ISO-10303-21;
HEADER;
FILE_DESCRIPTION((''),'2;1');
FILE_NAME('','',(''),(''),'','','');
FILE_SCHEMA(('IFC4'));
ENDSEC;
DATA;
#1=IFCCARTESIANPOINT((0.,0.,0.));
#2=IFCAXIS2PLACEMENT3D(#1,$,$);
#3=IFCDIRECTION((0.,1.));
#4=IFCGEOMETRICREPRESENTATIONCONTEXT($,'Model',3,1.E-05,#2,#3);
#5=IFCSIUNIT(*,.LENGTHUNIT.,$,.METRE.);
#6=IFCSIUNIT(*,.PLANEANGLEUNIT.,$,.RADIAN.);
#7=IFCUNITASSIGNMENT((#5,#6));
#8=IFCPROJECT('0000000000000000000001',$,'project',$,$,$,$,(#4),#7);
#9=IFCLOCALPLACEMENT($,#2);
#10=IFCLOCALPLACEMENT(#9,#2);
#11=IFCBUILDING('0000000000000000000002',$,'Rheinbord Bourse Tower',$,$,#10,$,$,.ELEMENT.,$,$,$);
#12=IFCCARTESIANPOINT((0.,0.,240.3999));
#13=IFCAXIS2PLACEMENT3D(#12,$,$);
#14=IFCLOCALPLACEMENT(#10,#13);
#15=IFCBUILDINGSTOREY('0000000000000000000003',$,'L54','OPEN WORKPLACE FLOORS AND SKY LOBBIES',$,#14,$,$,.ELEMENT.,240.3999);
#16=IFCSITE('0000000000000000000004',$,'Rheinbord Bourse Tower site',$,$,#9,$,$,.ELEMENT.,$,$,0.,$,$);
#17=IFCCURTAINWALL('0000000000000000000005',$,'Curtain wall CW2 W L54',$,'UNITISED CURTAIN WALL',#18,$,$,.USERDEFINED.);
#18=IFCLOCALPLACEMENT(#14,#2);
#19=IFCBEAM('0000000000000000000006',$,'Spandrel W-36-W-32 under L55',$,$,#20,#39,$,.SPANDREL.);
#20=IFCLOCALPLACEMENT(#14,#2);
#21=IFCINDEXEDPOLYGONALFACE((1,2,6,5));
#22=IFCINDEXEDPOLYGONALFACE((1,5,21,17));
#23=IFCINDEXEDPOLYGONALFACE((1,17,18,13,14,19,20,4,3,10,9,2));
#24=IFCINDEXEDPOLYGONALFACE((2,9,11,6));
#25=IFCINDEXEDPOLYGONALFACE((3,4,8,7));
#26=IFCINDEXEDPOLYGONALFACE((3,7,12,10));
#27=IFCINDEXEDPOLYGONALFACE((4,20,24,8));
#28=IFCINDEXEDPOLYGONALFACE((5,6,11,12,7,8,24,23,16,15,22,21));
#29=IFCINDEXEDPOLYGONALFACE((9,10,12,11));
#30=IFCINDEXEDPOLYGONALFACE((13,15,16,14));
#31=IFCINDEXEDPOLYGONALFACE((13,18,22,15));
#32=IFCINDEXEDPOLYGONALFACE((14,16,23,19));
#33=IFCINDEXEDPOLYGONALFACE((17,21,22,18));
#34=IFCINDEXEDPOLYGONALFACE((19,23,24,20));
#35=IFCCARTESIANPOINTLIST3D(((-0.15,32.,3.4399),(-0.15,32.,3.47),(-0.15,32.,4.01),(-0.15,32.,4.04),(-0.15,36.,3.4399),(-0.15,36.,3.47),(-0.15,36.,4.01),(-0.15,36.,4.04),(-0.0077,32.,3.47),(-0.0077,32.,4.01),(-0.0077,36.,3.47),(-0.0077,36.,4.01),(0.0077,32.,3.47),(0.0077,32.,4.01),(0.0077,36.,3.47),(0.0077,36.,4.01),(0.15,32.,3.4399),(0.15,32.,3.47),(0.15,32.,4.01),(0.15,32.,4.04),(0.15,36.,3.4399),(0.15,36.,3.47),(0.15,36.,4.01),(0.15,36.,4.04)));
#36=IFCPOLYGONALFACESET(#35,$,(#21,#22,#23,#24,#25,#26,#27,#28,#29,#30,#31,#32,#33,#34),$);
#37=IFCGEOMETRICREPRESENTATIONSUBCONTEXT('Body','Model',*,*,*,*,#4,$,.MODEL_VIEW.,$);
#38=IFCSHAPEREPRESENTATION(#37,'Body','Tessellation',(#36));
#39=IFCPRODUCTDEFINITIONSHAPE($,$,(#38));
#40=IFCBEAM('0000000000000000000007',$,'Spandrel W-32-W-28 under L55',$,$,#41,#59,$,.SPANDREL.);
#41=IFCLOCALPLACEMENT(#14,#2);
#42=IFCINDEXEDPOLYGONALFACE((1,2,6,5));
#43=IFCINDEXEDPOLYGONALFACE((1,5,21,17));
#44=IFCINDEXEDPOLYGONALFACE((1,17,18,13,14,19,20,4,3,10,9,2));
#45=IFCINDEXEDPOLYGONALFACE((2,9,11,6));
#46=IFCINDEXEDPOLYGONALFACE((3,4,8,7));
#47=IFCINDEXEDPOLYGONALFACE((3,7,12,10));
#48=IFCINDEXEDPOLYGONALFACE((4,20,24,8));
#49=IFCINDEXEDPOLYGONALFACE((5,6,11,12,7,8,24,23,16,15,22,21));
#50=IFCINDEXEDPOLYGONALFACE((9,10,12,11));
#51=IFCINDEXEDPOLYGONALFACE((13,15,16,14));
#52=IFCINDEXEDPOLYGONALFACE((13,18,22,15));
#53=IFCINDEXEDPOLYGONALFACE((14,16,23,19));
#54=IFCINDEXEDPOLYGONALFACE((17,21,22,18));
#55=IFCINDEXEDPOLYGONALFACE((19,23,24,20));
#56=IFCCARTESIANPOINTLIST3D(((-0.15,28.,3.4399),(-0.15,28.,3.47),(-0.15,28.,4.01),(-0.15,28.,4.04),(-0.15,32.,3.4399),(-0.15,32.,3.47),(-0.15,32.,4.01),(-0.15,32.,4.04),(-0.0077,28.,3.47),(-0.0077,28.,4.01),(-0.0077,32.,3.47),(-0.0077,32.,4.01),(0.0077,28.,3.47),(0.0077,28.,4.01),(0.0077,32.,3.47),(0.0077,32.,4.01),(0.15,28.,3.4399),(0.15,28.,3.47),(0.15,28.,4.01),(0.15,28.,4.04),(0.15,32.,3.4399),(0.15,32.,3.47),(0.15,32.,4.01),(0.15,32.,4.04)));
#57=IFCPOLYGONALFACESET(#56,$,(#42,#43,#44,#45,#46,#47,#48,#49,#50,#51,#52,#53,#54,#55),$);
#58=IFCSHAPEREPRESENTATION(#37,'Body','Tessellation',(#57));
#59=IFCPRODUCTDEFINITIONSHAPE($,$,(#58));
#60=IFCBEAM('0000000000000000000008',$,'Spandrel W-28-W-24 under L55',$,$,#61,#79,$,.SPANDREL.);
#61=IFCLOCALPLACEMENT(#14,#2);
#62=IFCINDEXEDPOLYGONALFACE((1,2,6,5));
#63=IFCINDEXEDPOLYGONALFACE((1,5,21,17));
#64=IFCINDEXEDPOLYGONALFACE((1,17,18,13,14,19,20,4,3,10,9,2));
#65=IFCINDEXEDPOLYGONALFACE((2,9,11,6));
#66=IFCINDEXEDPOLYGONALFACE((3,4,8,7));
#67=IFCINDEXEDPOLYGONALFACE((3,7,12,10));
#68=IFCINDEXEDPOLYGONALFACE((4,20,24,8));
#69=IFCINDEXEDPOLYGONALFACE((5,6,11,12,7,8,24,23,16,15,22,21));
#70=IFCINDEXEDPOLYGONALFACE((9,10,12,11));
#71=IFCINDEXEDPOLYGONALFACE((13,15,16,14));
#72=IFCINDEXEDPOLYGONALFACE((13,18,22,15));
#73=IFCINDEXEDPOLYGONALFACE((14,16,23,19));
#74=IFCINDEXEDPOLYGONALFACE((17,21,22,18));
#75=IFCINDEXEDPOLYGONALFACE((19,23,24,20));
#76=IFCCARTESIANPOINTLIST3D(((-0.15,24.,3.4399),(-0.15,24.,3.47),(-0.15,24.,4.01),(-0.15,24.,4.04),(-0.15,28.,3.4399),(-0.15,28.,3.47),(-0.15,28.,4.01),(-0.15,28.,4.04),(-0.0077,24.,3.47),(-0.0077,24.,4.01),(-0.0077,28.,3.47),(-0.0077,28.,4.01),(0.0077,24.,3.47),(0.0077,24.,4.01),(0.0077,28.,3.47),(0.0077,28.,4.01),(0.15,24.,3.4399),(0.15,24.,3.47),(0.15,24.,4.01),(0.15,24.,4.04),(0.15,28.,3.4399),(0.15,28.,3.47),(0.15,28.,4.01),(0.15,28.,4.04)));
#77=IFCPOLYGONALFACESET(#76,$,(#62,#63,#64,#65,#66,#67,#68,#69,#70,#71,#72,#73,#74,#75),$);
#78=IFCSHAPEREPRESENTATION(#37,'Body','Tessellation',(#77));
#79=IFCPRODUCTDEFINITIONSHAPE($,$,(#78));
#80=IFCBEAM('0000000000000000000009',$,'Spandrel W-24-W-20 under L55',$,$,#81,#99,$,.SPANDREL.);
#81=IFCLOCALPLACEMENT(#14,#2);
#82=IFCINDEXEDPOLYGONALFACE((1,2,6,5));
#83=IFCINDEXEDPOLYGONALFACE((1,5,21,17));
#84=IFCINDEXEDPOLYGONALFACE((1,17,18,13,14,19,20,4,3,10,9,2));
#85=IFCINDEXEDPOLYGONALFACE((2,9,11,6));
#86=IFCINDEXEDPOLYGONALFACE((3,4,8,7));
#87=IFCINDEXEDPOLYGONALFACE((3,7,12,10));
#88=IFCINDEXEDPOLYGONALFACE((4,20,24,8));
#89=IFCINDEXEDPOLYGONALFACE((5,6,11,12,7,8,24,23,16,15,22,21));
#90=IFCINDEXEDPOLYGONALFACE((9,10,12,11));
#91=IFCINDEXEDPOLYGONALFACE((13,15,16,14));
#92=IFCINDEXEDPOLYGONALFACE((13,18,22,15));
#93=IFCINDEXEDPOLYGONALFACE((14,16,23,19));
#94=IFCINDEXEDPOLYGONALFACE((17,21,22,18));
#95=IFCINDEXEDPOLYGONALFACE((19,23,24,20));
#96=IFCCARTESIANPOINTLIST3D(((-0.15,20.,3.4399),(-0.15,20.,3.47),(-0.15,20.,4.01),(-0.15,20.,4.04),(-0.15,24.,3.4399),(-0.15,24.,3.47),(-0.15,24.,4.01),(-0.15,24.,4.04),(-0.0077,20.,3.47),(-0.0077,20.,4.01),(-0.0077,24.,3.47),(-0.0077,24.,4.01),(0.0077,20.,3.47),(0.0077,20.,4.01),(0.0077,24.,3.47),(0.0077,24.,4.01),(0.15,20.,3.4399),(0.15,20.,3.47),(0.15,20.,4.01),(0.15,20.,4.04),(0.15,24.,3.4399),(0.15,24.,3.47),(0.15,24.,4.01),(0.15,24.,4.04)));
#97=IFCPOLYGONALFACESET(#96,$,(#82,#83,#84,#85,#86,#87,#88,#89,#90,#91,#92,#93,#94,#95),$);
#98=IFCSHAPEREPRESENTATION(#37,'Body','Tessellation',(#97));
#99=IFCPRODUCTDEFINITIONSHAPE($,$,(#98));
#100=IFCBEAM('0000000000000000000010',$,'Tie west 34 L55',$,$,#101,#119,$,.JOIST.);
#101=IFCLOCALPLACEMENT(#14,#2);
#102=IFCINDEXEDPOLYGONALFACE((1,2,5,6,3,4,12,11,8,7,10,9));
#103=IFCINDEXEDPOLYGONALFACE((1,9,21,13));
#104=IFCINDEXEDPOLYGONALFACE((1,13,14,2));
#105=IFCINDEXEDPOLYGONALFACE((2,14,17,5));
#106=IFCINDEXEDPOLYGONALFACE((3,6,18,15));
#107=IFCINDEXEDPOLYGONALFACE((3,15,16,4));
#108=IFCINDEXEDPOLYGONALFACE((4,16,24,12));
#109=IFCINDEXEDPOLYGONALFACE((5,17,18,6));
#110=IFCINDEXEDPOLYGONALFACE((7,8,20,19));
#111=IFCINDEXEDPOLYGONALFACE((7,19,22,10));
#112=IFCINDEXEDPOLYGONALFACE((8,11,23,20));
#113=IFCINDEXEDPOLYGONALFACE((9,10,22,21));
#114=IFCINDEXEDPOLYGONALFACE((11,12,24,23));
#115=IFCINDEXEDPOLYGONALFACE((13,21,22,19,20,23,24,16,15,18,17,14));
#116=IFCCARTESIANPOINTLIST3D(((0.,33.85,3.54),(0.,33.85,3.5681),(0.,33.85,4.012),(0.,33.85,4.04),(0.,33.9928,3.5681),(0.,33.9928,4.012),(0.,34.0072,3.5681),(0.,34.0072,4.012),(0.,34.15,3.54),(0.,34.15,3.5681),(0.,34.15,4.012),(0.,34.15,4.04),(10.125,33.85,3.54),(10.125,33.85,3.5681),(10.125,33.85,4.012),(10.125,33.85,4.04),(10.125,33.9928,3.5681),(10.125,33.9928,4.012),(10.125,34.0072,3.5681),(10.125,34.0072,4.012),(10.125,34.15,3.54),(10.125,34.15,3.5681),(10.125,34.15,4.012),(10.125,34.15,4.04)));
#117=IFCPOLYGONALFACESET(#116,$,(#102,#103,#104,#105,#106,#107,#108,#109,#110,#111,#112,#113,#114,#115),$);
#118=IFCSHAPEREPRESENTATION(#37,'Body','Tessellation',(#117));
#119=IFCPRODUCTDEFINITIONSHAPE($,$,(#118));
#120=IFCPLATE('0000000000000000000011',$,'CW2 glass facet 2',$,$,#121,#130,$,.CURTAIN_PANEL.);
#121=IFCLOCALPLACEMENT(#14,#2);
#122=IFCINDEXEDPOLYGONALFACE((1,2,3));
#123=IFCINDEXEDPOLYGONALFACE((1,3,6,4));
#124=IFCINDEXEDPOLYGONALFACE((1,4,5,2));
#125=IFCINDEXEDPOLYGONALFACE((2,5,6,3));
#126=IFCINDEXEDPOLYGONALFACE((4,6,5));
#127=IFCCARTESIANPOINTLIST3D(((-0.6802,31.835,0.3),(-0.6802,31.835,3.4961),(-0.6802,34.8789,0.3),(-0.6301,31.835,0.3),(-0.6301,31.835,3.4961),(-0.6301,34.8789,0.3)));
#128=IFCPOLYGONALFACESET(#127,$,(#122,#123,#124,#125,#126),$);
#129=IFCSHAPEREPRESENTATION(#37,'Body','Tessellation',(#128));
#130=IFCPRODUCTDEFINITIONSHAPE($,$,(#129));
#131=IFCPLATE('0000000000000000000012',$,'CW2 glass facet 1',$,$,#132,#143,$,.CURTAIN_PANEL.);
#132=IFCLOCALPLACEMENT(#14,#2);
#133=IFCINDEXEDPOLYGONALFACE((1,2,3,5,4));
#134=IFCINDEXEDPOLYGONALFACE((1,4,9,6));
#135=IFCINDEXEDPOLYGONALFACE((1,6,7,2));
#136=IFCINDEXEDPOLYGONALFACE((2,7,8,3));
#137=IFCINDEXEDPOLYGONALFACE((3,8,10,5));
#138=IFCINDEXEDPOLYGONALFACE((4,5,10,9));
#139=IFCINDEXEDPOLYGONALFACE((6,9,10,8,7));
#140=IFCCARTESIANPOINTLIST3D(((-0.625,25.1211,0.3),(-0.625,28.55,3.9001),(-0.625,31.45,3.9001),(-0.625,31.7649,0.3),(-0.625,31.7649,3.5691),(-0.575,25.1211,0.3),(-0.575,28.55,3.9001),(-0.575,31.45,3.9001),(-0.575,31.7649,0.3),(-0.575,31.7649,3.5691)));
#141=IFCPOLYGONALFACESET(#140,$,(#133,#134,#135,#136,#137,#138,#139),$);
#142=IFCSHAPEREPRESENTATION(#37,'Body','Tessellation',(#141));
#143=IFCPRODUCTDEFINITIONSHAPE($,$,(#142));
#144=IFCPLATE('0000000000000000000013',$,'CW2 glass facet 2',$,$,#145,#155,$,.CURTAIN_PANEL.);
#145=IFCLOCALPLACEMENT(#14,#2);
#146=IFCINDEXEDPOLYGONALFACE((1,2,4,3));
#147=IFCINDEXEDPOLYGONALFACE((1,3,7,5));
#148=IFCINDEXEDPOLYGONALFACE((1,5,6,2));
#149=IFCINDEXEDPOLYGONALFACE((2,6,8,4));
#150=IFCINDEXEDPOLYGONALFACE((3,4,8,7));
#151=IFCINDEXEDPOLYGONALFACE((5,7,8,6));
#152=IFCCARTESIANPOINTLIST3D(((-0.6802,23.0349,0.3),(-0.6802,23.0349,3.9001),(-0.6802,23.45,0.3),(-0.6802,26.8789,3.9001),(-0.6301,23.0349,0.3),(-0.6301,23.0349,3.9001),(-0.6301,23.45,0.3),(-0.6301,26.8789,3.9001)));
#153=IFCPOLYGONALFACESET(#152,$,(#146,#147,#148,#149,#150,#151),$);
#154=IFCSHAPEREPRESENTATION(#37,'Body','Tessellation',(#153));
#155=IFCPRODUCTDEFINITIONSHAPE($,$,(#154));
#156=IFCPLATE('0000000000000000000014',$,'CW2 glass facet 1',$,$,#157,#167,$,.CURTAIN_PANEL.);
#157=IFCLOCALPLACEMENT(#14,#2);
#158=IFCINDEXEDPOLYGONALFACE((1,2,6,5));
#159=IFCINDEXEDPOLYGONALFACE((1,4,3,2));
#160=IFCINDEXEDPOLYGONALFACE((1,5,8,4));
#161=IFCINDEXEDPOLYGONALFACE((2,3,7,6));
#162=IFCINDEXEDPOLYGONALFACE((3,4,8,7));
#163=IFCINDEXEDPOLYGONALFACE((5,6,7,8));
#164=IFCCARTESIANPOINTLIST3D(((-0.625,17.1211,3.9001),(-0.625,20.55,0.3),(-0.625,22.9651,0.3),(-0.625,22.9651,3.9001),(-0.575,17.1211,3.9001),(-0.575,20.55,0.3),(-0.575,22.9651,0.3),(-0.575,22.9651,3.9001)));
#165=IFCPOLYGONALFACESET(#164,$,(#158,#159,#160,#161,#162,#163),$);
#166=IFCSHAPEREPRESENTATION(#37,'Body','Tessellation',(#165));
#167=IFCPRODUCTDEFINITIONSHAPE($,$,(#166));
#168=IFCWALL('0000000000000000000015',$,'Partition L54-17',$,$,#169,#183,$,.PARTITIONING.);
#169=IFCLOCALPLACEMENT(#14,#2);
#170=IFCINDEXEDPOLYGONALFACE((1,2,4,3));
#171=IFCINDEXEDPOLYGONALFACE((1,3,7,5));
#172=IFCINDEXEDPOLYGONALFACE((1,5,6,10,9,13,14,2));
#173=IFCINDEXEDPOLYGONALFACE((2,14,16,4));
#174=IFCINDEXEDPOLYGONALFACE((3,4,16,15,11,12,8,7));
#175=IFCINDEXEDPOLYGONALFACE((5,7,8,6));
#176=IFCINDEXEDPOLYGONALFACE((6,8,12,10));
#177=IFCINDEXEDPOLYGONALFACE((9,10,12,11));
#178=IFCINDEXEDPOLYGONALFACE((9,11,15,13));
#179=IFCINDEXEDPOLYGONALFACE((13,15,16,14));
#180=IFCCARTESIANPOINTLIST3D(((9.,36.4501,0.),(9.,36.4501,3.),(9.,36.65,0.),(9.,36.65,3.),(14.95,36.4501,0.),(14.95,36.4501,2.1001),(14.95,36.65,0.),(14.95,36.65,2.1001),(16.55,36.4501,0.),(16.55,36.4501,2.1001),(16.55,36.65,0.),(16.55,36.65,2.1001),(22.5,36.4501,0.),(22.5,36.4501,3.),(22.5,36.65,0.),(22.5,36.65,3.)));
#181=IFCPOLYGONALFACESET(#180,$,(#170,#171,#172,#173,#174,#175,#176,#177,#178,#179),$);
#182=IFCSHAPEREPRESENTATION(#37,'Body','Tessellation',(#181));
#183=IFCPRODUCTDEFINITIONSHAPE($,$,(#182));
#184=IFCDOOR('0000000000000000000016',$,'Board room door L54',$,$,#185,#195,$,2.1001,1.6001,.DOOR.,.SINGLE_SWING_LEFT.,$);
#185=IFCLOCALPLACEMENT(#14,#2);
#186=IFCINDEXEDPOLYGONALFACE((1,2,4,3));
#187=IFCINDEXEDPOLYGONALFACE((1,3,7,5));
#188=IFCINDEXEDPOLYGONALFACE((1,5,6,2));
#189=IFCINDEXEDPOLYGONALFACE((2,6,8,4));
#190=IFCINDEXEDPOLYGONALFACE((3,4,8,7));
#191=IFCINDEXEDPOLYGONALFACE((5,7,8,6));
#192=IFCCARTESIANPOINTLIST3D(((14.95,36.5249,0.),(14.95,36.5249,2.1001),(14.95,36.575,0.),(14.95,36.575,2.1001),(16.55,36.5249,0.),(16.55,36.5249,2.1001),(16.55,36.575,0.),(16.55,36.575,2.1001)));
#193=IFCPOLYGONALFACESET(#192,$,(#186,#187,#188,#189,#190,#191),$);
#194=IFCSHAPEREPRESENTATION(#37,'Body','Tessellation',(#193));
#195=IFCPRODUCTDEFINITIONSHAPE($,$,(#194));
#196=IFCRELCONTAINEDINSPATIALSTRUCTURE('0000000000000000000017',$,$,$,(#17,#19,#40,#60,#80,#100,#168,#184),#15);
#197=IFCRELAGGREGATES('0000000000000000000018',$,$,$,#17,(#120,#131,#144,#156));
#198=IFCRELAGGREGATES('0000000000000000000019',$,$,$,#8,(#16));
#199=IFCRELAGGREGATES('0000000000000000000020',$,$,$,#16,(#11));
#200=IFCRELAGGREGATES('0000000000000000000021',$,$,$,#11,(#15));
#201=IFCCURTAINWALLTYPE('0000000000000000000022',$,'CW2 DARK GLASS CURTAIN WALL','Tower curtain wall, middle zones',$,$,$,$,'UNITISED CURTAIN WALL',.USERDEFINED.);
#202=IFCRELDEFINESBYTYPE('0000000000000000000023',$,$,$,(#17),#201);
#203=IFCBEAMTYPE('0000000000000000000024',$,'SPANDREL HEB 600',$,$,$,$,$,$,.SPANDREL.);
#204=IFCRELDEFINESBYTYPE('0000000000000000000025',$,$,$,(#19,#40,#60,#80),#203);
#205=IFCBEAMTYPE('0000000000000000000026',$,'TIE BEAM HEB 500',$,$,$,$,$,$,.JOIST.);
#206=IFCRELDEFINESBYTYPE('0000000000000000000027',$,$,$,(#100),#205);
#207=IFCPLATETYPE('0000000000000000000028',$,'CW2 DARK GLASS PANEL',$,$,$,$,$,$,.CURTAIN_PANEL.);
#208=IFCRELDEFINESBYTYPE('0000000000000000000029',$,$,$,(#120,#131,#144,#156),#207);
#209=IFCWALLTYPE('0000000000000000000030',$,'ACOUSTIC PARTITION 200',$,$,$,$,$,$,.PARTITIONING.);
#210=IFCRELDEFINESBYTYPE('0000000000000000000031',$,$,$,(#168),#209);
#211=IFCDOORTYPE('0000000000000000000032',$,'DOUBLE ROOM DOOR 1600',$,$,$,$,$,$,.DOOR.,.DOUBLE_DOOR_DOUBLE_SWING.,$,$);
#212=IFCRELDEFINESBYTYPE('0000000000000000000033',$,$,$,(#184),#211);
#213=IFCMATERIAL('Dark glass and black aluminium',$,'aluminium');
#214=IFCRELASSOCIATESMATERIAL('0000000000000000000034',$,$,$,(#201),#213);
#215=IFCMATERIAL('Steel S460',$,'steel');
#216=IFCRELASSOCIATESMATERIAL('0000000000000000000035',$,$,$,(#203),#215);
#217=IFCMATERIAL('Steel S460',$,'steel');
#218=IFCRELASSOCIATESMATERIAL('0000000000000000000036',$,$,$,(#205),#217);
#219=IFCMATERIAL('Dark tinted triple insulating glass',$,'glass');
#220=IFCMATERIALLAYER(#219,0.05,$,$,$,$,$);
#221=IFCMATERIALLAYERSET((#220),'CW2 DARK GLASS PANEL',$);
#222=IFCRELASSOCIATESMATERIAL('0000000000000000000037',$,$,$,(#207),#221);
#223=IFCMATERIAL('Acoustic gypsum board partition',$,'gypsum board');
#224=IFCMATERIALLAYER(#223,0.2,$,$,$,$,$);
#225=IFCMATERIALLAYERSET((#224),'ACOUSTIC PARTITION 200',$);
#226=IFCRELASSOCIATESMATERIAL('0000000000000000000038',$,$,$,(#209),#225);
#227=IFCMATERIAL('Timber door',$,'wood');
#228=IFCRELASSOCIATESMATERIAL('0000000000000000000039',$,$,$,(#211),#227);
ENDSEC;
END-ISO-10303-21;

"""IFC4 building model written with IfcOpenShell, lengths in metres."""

from ifc_helpers import new_model, si_unit, direction, frame, frame_2d, origin, origin_2d, place, context, subcontext, project, spatial, polyline, rectangle, i_section, outline, extrude, material, layer, layer_set, material_profile, profile_set, type_object, element, fill, aggregate, save


model = new_model("IFC4")

# Units and contexts
model_context = context("Model", 3, precision=1e-05, world=origin(), true_north=direction((0.0, 1.0)))
body_context = subcontext(model_context, "Body", "Model", "MODEL_VIEW")
ifc_project = project(units=[si_unit("LENGTHUNIT", "METRE"), si_unit("PLANEANGLEUNIT", "RADIAN")], contexts=[model_context])

# Site, building, storey
site_placement = place(None, origin())
site = spatial("IfcSite", under=ifc_project, at=site_placement, Name="Rheinbord Bourse Tower site", CompositionType="ELEMENT", RefElevation=0.0)
building_placement = place(site_placement, origin())
building = spatial("IfcBuilding", under=site, at=building_placement, Name="Rheinbord Bourse Tower", CompositionType="ELEMENT")
storey_placement = place(building_placement, frame((0.0, 0.0, 240.3999)))
storey = spatial("IfcBuildingStorey", under=building, at=storey_placement, Name="L54", Description="OPEN WORKPLACE FLOORS AND SKY LOBBIES", CompositionType="ELEMENT", Elevation=240.3999)

# Curtain wall
ifc_material_1 = material(Name="Dark glass and black aluminium", Category="aluminium")
curtain_wall_type = type_object("IfcCurtainWallType", Name="CW2 DARK GLASS CURTAIN WALL", Description="Tower curtain wall, middle zones", ElementType="UNITISED CURTAIN WALL", PredefinedType="USERDEFINED", material=ifc_material_1)
curtain_wall_placement = place(storey_placement, origin())
curtain_wall = element("IfcCurtainWall", 1, at=curtain_wall_placement, inside=storey, type_object=curtain_wall_type, Name="Curtain wall CW2 W L54", ObjectType="UNITISED CURTAIN WALL", PredefinedType="USERDEFINED")

# Beams
ifc_material_2 = material(Name="Steel S460", Category="steel")
ifc_material_profile_1 = material_profile(ifc_material_2, i_section(OverallWidth=0.3, OverallDepth=0.6001, WebThickness=0.0154, FlangeThickness=0.03, at=origin_2d()), Name="HEB 600")
ifc_profile_set_1 = profile_set([ifc_material_profile_1], Name="Steel S460")
beam_type_1 = type_object("IfcBeamType", Name="SPANDREL HEB 600", PredefinedType="SPANDREL", material=ifc_profile_set_1)
for number, where, z_axis, x_axis, name in (
    (2, (0.0, 36.0, 3.74), (0.0, -1.0, 0.0), (1.0, 0.0, 0.0), "Spandrel W-36-W-32 under L55"),
    (3, (0.0, 32.0, 3.74), (0.0, -1.0, 0.0), (1.0, 0.0, 0.0), "Spandrel W-32-W-28 under L55"),
    (4, (0.0, 28.0, 3.74), (0.0, -1.0, 0.0), (1.0, 0.0, 0.0), "Spandrel W-28-W-24 under L55"),
    (5, (0.0, 24.0, 3.74), (0.0, -1.0, 0.0), (1.0, 0.0, 0.0), "Spandrel W-24-W-20 under L55"),
):
    element("IfcBeam", number, at=place(storey_placement, frame(where, z_axis=z_axis, x_axis=x_axis)), inside=storey, type_object=beam_type_1, Name=name, PredefinedType="SPANDREL", context=body_context, shape_type="SweptSolid", body=[
        extrude(i_section(OverallWidth=0.3, OverallDepth=0.6001, WebThickness=0.0154, FlangeThickness=0.03, at=origin_2d()), origin(), (0.0, 0.0, 1.0), 4.0),
    ])
ifc_material_3 = material(Name="Steel S460", Category="steel")
ifc_material_profile_2 = material_profile(ifc_material_3, i_section(OverallWidth=0.3, OverallDepth=0.5, WebThickness=0.0144, FlangeThickness=0.0281, at=origin_2d()), Name="HEB 500")
ifc_profile_set_2 = profile_set([ifc_material_profile_2], Name="Steel S460")
beam_type_2 = type_object("IfcBeamType", Name="TIE BEAM HEB 500", PredefinedType="JOIST", material=ifc_profile_set_2)
beam_1_placement = place(storey_placement, frame((0.0, 34.0, 3.79), z_axis=(1.0, 0.0, 0.0), x_axis=(0.0, 1.0, 0.0)))
element("IfcBeam", 6, at=beam_1_placement, inside=storey, type_object=beam_type_2, Name="Tie west 34 L55", PredefinedType="JOIST", context=body_context, shape_type="SweptSolid", body=[
    extrude(i_section(OverallWidth=0.3, OverallDepth=0.5, WebThickness=0.0144, FlangeThickness=0.0281, at=origin_2d()), origin(), (0.0, 0.0, 1.0), 10.125),
])

# Plates
ifc_material_4 = material(Name="Dark tinted triple insulating glass", Category="glass")
ifc_layer_1 = layer(ifc_material_4, 0.05)
ifc_layer_set_1 = layer_set([ifc_layer_1], Name="CW2 DARK GLASS PANEL")
plate_type = type_object("IfcPlateType", Name="CW2 DARK GLASS PANEL", PredefinedType="CURTAIN_PANEL", material=ifc_layer_set_1)
plate_1_placement = place(storey_placement, frame((-0.6802, 31.835, 0.3), z_axis=(1.0, 0.0, 0.0), x_axis=(0.0, 1.0, 0.0)))
plate_1 = element("IfcPlate", 7, at=plate_1_placement, type_object=plate_type, Name="CW2 glass facet 2", PredefinedType="CURTAIN_PANEL", context=body_context, shape_type="SweptSolid", body=[
    extrude(outline(polyline([(0.0, 0.0), (3.0439, 0.0), (0.0, 3.196), (0.0, 0.0)])), origin(), (0.0, 0.0, 1.0), 0.05),
])
plate_2_placement = place(storey_placement, frame((-0.625, 31.7649, 0.3), z_axis=(1.0, 0.0, 0.0), x_axis=(0.0, 0.0, 1.0)))
plate_2 = element("IfcPlate", 8, at=plate_2_placement, type_object=plate_type, Name="CW2 glass facet 1", PredefinedType="CURTAIN_PANEL", context=body_context, shape_type="SweptSolid", body=[
    extrude(outline(polyline([(0.0, 0.0), (3.269, 0.0), (3.6001, 0.3149), (3.6001, 3.2148), (0.0, 6.6438), (0.0, 0.0)])), origin(), (0.0, 0.0, 1.0), 0.05),
])
plate_3_placement = place(storey_placement, frame((-0.6802, 23.0349, 3.9001), z_axis=(1.0, 0.0, 0.0), x_axis=(0.0, 0.0, -1.0)))
plate_3 = element("IfcPlate", 9, at=plate_3_placement, type_object=plate_type, Name="CW2 glass facet 2", PredefinedType="CURTAIN_PANEL", context=body_context, shape_type="SweptSolid", body=[
    extrude(outline(polyline([(0.0, 0.0), (3.6001, 0.0), (3.6001, 0.415), (0.0, 3.844), (0.0, 0.0)])), origin(), (0.0, 0.0, 1.0), 0.05),
])
plate_4_placement = place(storey_placement, frame((-0.625, 22.9651, 0.3), z_axis=(1.0, 0.0, 0.0), x_axis=(0.0, 0.0, 1.0)))
plate_4 = element("IfcPlate", 10, at=plate_4_placement, type_object=plate_type, Name="CW2 glass facet 1", PredefinedType="CURTAIN_PANEL", context=body_context, shape_type="SweptSolid", body=[
    extrude(outline(polyline([(0.0, 0.0), (3.6001, 0.0), (3.6001, 5.844), (0.0, 2.415), (0.0, 0.0)])), origin(), (0.0, 0.0, 1.0), 0.05),
])
aggregate(curtain_wall, [plate_1, plate_2, plate_3, plate_4])

# Wall, opening, door
ifc_material_5 = material(Name="Acoustic gypsum board partition", Category="gypsum board")
ifc_layer_2 = layer(ifc_material_5, 0.2)
ifc_layer_set_2 = layer_set([ifc_layer_2], Name="ACOUSTIC PARTITION 200")
wall_type_1 = type_object("IfcWallType", Name="ACOUSTIC PARTITION 200", PredefinedType="PARTITIONING", material=ifc_layer_set_2)
wall_1_placement = place(storey_placement, frame((9.0, 36.55, 0.0), z_axis=(0.0, 0.0, 1.0), x_axis=(1.0, 0.0, 0.0)))
wall_1 = element("IfcWall", 11, at=wall_1_placement, inside=storey, type_object=wall_type_1, Name="Partition L54-17", PredefinedType="PARTITIONING", context=body_context, shape_type="SweptSolid", body=[
    extrude(rectangle(XDim=13.5, YDim=0.2, at=frame_2d((6.75, 0.0))), origin(), (0.0, 0.0, 1.0), 3.0),
])
opening_1_placement = place(wall_1_placement, frame((5.95, 0.0, 0.0)))
opening_1 = element("IfcOpeningElement", 12, at=opening_1_placement, cuts=wall_1, PredefinedType="OPENING", context=body_context, shape_type="SweptSolid", body=[
    extrude(rectangle(XDim=1.6001, YDim=2.1001, at=frame_2d((0.8, 1.05))), frame((0.0, 0.1099, 0.0), z_axis=(0.0, -1.0, 0.0), x_axis=(1.0, 0.0, 0.0)), (0.0, 0.0, 1.0), 0.22),
])
ifc_material_6 = material(Name="Timber door", Category="wood")
door_type_1 = type_object("IfcDoorType", Name="DOUBLE ROOM DOOR 1600", OperationType="DOUBLE_DOOR_DOUBLE_SWING", PredefinedType="DOOR", material=ifc_material_6)
door_1_placement = place(opening_1_placement, origin())
door_1 = element("IfcDoor", 13, at=door_1_placement, inside=storey, type_object=door_type_1, Name="Board room door L54", OperationType="SINGLE_SWING_LEFT", OverallHeight=2.1001, OverallWidth=1.6001, PredefinedType="DOOR", context=body_context, shape_type="SweptSolid", body=[
    extrude(rectangle(XDim=1.6001, YDim=2.1001, at=frame_2d((0.8, 1.05))), frame((0.0, 0.0249, 0.0), z_axis=(0.0, -1.0, 0.0), x_axis=(1.0, 0.0, 0.0)), (0.0, 0.0, 1.0), 0.05),
])
fill(opening_1, door_1)

save(model, "model.ifc")
